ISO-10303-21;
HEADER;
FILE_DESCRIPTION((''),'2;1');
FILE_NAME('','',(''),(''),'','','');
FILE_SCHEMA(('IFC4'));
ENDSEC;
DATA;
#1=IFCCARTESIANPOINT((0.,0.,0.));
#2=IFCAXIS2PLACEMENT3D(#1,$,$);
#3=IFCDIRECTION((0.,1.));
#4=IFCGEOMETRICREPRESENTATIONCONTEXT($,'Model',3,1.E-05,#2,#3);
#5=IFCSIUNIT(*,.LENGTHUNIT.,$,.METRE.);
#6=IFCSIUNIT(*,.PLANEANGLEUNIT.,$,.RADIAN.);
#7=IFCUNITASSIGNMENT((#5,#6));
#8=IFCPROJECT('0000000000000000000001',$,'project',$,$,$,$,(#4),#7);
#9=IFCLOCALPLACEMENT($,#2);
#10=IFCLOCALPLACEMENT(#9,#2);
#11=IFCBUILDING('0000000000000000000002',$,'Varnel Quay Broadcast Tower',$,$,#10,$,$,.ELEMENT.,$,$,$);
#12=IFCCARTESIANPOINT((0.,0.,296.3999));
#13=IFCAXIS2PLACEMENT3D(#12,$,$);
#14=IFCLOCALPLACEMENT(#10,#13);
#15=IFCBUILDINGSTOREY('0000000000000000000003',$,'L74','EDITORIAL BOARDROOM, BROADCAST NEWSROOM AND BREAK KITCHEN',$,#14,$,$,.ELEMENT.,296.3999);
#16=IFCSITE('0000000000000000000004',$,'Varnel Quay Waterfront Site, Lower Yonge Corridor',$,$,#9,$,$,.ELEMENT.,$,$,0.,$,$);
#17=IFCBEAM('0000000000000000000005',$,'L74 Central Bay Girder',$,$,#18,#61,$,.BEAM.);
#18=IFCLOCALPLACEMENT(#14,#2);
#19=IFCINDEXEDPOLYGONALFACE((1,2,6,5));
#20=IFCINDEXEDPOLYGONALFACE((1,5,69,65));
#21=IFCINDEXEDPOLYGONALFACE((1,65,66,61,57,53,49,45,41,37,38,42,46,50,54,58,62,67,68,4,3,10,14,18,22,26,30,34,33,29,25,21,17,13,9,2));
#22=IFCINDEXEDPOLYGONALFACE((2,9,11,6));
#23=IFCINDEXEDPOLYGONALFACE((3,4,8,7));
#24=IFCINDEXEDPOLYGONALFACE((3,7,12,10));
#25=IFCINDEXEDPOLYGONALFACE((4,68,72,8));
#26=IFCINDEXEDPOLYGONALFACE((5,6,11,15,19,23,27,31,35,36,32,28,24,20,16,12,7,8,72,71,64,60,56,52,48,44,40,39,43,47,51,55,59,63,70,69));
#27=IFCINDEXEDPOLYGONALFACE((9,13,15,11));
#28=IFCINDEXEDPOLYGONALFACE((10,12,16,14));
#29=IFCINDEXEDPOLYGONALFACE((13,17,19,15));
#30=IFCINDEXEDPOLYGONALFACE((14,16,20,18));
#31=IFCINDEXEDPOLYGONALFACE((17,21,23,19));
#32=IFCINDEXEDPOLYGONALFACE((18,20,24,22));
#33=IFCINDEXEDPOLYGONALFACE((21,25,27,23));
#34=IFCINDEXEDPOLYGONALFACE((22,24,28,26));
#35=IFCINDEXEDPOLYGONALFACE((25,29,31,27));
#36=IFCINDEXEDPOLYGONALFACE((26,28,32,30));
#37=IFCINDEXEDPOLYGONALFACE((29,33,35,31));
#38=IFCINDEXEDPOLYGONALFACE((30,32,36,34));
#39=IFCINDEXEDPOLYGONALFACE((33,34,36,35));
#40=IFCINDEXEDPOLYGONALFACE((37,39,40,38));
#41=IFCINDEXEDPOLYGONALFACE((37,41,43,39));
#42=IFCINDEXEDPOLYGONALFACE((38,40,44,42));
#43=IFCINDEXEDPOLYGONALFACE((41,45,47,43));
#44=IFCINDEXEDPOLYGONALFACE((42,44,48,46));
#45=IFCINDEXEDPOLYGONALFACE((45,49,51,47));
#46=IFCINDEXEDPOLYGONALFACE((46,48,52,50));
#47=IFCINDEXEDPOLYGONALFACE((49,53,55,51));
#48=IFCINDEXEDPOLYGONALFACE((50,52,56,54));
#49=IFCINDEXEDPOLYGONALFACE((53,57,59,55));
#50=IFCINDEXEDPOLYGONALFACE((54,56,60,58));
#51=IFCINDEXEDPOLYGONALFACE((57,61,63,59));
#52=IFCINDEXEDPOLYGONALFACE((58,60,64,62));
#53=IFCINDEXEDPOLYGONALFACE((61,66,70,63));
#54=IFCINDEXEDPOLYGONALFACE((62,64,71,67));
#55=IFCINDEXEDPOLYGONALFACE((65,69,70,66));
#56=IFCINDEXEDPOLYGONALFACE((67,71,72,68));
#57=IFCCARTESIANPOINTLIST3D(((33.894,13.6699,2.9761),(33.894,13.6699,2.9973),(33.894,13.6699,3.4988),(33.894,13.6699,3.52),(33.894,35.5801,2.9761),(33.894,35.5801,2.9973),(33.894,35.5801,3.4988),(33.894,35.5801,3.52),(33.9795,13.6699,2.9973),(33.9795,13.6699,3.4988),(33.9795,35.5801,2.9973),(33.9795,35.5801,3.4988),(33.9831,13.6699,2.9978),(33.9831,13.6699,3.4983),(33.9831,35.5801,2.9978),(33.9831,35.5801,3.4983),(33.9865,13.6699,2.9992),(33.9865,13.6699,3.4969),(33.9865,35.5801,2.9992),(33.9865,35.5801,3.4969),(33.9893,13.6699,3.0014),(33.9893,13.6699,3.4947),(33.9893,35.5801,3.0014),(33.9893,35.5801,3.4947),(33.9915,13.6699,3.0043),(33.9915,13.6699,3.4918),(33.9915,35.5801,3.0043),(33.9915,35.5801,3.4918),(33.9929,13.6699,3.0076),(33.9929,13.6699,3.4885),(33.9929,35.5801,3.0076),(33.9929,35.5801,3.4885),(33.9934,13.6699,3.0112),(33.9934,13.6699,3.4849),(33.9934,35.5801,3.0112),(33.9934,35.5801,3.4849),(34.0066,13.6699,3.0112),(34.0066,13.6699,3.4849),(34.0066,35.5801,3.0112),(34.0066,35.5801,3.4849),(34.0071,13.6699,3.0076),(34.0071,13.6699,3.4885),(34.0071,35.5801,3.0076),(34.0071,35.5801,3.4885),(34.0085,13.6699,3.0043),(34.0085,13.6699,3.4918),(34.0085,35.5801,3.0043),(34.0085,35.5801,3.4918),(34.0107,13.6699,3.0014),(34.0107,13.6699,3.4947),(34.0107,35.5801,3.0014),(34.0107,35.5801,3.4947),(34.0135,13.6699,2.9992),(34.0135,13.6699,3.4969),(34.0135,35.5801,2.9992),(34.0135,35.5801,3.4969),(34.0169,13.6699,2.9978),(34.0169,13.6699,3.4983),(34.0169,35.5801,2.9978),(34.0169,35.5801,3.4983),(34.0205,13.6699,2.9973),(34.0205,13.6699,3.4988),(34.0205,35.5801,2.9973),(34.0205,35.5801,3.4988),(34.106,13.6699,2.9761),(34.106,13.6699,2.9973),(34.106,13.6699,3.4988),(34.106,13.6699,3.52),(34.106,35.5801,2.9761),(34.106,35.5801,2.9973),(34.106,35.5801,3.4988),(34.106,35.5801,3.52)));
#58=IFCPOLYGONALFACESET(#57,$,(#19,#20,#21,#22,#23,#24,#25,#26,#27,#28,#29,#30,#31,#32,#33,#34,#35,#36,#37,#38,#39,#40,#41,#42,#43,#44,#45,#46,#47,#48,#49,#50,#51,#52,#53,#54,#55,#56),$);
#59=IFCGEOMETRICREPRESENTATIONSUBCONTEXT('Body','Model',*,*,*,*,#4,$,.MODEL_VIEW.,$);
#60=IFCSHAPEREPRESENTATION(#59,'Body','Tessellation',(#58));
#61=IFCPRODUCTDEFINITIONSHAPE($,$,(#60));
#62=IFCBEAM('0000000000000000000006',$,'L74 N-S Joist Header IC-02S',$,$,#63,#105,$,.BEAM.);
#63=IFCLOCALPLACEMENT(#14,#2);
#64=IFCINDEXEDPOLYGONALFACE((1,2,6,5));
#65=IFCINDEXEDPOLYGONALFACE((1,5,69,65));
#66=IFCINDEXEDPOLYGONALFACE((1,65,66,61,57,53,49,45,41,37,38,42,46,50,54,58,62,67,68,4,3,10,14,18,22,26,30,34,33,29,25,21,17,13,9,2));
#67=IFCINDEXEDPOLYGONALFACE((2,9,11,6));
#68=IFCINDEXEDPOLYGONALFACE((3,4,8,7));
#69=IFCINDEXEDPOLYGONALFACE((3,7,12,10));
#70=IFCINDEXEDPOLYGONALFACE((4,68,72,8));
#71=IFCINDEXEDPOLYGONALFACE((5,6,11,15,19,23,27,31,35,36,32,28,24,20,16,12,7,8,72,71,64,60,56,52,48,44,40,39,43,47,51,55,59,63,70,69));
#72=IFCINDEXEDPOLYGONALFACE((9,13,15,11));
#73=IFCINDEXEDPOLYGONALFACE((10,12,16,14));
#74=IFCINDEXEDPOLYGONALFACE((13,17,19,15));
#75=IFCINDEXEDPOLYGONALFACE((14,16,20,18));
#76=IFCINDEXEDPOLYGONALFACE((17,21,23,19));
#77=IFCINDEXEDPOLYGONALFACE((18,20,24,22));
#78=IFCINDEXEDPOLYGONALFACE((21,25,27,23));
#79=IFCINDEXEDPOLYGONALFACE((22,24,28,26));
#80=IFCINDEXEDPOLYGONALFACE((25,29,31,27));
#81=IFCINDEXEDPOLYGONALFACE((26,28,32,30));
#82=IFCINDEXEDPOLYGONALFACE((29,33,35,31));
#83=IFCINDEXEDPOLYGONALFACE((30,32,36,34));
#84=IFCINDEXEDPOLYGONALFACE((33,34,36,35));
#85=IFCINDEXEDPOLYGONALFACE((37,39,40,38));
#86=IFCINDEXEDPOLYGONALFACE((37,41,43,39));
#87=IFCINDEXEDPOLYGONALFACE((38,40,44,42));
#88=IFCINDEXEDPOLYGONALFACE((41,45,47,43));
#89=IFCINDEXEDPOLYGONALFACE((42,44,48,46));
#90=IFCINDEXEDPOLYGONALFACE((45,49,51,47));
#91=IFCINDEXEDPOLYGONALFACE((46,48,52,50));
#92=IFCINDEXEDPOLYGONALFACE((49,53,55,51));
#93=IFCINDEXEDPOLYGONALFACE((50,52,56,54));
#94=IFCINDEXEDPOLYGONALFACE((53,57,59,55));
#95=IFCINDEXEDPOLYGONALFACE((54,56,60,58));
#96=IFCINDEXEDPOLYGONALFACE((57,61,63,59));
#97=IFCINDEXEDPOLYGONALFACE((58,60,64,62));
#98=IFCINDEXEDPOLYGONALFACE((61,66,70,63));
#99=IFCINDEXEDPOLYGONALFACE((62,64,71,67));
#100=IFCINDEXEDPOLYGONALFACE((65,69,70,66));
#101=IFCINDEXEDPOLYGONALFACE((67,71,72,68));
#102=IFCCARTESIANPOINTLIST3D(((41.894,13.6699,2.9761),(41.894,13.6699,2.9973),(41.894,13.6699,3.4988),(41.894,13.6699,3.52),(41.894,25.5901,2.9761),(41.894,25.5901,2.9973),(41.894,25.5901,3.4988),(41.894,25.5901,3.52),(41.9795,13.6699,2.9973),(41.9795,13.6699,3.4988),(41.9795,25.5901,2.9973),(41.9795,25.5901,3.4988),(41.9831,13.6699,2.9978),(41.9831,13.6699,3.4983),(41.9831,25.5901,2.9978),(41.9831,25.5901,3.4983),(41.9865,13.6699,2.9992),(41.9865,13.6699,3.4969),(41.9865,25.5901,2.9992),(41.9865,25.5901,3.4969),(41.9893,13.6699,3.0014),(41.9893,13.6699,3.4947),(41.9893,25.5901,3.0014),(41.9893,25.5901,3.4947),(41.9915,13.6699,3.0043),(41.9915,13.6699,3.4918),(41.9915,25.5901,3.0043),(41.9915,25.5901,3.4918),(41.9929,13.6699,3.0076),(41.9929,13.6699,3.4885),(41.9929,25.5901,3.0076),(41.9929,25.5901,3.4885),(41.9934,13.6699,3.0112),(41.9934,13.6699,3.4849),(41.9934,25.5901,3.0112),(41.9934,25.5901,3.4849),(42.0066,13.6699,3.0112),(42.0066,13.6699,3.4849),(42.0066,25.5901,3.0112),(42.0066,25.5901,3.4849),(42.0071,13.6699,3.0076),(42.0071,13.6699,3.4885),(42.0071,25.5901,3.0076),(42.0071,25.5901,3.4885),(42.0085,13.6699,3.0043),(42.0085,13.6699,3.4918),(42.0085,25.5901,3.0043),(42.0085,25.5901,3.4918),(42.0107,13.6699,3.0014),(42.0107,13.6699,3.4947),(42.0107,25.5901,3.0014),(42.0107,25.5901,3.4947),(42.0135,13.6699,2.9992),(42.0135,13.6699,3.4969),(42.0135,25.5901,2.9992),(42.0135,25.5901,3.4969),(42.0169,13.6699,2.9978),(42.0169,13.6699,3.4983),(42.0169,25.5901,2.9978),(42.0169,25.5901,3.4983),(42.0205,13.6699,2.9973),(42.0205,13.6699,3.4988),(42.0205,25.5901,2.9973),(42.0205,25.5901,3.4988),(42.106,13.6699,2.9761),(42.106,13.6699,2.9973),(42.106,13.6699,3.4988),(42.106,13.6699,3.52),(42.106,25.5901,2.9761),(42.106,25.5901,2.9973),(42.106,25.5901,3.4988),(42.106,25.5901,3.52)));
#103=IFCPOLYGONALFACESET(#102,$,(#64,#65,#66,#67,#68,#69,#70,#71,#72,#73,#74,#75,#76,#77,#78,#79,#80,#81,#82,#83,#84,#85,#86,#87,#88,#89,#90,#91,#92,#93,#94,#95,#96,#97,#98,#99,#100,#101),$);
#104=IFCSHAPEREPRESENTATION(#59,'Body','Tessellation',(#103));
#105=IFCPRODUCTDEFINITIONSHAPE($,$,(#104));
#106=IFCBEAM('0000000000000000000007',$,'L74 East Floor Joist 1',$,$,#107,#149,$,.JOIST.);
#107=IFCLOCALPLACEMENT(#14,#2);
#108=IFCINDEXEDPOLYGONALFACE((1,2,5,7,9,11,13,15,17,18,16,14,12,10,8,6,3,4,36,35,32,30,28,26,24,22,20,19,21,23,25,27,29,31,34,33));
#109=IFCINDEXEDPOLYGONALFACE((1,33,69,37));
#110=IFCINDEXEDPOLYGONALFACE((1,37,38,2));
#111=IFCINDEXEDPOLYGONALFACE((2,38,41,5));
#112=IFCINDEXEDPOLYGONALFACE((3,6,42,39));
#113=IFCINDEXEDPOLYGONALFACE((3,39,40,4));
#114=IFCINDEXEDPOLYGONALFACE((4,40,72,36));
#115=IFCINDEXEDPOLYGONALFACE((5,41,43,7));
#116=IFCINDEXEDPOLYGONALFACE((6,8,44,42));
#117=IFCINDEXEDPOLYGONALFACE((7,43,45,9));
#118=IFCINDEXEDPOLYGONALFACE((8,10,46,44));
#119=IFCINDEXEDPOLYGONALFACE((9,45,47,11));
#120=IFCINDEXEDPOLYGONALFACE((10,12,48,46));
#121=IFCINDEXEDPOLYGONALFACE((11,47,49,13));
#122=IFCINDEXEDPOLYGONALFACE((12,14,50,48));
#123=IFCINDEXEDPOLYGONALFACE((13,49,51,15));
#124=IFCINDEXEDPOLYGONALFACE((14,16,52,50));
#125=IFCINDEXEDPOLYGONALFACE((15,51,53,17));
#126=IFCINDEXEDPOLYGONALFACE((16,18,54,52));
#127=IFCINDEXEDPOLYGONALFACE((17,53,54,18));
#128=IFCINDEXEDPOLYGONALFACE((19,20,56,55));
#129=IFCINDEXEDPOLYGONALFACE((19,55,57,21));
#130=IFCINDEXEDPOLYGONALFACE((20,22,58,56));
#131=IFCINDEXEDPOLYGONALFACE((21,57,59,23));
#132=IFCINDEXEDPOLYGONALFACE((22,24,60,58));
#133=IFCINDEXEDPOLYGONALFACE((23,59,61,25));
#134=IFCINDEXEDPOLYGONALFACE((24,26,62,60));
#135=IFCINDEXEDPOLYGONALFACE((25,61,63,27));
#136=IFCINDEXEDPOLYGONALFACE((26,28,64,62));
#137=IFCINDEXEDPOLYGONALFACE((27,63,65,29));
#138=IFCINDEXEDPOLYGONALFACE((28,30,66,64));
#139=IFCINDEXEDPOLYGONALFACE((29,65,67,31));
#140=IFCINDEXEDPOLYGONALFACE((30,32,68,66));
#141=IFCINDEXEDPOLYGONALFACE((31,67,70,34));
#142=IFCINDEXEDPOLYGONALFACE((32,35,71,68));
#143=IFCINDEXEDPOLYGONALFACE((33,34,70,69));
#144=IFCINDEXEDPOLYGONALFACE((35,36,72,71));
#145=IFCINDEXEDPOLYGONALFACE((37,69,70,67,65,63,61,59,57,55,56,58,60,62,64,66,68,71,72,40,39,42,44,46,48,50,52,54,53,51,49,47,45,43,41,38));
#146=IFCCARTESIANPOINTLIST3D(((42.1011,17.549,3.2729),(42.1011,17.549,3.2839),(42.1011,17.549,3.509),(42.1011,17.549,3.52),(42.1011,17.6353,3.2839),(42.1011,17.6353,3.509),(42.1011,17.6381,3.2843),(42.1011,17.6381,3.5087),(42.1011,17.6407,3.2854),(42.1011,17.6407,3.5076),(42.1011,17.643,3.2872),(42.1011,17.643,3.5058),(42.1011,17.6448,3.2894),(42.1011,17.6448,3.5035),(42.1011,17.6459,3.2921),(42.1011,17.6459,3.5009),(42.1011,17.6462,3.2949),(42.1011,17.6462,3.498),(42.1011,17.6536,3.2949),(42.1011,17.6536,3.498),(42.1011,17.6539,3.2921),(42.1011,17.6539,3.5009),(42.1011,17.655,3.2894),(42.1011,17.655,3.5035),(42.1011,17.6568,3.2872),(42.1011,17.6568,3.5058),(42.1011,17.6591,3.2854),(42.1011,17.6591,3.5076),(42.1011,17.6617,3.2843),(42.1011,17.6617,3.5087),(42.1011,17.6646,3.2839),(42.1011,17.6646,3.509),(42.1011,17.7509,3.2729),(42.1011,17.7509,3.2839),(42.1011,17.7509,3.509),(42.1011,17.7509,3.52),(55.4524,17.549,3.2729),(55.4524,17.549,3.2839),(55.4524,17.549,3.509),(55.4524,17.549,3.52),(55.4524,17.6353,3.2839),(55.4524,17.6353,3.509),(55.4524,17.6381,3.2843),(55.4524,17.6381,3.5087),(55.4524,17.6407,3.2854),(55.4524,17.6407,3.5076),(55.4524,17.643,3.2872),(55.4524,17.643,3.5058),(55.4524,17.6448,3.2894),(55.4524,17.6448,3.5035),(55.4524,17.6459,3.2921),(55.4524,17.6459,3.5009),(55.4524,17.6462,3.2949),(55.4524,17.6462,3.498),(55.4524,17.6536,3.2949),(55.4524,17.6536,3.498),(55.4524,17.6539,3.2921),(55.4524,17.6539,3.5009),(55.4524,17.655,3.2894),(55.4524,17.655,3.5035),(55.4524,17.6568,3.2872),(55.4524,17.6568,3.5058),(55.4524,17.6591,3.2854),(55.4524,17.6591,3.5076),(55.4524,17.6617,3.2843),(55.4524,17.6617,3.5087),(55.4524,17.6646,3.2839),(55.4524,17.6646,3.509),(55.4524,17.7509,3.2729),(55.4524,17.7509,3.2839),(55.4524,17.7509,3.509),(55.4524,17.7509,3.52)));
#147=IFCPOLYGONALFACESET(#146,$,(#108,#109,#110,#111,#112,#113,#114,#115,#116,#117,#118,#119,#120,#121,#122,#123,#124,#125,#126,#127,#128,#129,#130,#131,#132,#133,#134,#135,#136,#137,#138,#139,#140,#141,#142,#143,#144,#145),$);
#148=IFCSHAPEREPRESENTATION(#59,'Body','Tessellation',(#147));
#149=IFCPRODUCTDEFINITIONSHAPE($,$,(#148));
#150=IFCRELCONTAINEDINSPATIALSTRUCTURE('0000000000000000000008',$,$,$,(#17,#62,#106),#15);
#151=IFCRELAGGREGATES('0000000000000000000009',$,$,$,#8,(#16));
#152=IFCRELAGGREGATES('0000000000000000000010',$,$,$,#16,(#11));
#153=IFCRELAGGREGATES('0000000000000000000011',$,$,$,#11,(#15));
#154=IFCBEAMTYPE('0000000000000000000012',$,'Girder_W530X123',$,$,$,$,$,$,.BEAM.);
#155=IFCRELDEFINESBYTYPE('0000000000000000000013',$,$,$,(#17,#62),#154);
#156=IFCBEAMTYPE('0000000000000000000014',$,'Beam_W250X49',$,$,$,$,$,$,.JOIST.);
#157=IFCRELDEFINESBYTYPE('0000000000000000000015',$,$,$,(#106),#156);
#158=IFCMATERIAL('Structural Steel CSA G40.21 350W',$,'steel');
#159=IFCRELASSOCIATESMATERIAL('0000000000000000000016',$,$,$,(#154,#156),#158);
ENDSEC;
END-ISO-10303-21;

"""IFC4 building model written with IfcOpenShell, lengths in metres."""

from ifc_helpers import new_model, si_unit, direction, frame, origin, origin_2d, place, context, subcontext, project, spatial, i_section, extrude, source, transform, mapped, material, material_profile, profile_set, type_object, type_shapes, element, save


model = new_model("IFC4")

# Units and contexts
model_context = context("Model", 3, precision=1e-05, world=origin(), true_north=direction((0.0, 1.0)))
body_context = subcontext(model_context, "Body", "Model", "MODEL_VIEW")
ifc_project = project(units=[si_unit("LENGTHUNIT", "METRE"), si_unit("PLANEANGLEUNIT", "RADIAN")], contexts=[model_context])

# Site, building, storey
site_placement = place(None, origin())
site = spatial("IfcSite", under=ifc_project, at=site_placement, Name="Varnel Quay Waterfront Site, Lower Yonge Corridor", CompositionType="ELEMENT", RefElevation=0.0)
building_placement = place(site_placement, origin())
building = spatial("IfcBuilding", under=site, at=building_placement, Name="Varnel Quay Broadcast Tower", CompositionType="ELEMENT")
storey_placement = place(building_placement, frame((0.0, 0.0, 296.3999)))
storey = spatial("IfcBuildingStorey", under=building, at=storey_placement, Name="L74", Description="EDITORIAL BOARDROOM, BROADCAST NEWSROOM AND BREAK KITCHEN", CompositionType="ELEMENT", Elevation=296.3999)

# Shared definitions
ifc_material_1 = material(Name="Structural Steel CSA G40.21 350W", Category="steel")

# Beams
ifc_material_profile_1 = material_profile(ifc_material_1, i_section(OverallWidth=0.2119, OverallDepth=0.5439, WebThickness=0.0132, FlangeThickness=0.0212, FilletRadius=0.0139, at=origin_2d()), Name="W530X123")
ifc_profile_set_1 = profile_set([ifc_material_profile_1], Name="Structural Steel CSA G40.21 350W")
beam_type_1 = type_object("IfcBeamType", Name="Girder_W530X123", PredefinedType="BEAM", material=ifc_profile_set_1)
shared_shape_1 = source(origin(), body_context, "Body", "SweptSolid", [
    extrude(i_section(OverallWidth=0.2119, OverallDepth=0.5439, WebThickness=0.0132, FlangeThickness=0.0212, FilletRadius=0.0139, at=origin_2d()), origin(), (0.0, 0.0, 1.0), 21.9102),
])
beam_1_placement = place(storey_placement, frame((34.0, 13.6699, 3.248), z_axis=(0.0, 1.0, 0.0), x_axis=(-1.0, 0.0, 0.0)))
element("IfcBeam", 1, at=beam_1_placement, inside=storey, type_object=beam_type_1, Name="L74 Central Bay Girder", PredefinedType="BEAM", context=body_context, shape_type="MappedRepresentation", body=[
    mapped(shared_shape_1, transform((0.0, 0.0, 0.0), x_axis=(1.0, 0.0, 0.0), y_axis=(0.0, 1.0, 0.0), z_axis=(0.0, 0.0, 1.0), scale=1.0)),
])
shared_shape_2 = source(origin(), body_context, "Body", "SweptSolid", [
    extrude(i_section(OverallWidth=0.2119, OverallDepth=0.5439, WebThickness=0.0132, FlangeThickness=0.0212, FilletRadius=0.0139, at=origin_2d()), origin(), (0.0, 0.0, 1.0), 11.9202),
])
beam_2_placement = place(storey_placement, frame((42.0, 13.6699, 3.248), z_axis=(0.0, 1.0, 0.0), x_axis=(-1.0, 0.0, 0.0)))
element("IfcBeam", 2, at=beam_2_placement, inside=storey, type_object=beam_type_1, Name="L74 N-S Joist Header IC-02S", PredefinedType="BEAM", context=body_context, shape_type="MappedRepresentation", body=[
    mapped(shared_shape_2, transform((0.0, 0.0, 0.0), x_axis=(1.0, 0.0, 0.0), y_axis=(0.0, 1.0, 0.0), z_axis=(0.0, 0.0, 1.0), scale=1.0)),
])
ifc_material_profile_2 = material_profile(ifc_material_1, i_section(OverallWidth=0.2019, OverallDepth=0.2471, WebThickness=0.0073, FlangeThickness=0.011, FilletRadius=0.011, at=origin_2d()), Name="W250X49")
ifc_profile_set_2 = profile_set([ifc_material_profile_2], Name="Structural Steel CSA G40.21 350W")
beam_type_2 = type_object("IfcBeamType", Name="Beam_W250X49", PredefinedType="JOIST", material=ifc_profile_set_2)
shared_shape_3 = source(origin(), body_context, "Body", "SweptSolid", [
    extrude(i_section(OverallWidth=0.2019, OverallDepth=0.2471, WebThickness=0.0073, FlangeThickness=0.011, FilletRadius=0.011, at=origin_2d()), origin(), (0.0, 0.0, 1.0), 13.3513),
])
type_shapes(beam_type_2, [shared_shape_3])
beam_3_placement = place(storey_placement, frame((42.1011, 17.6499, 3.3965), z_axis=(1.0, 0.0, 0.0), x_axis=(0.0, 1.0, 0.0)))
element("IfcBeam", 3, at=beam_3_placement, inside=storey, type_object=beam_type_2, Name="L74 East Floor Joist 1", PredefinedType="JOIST", context=body_context, shape_type="MappedRepresentation", body=[
    mapped(shared_shape_3, transform((0.0, 0.0, 0.0), x_axis=(1.0, 0.0, 0.0), y_axis=(0.0, 1.0, 0.0), z_axis=(0.0, 0.0, 1.0), scale=1.0)),
])

save(model, "model.ifc")
